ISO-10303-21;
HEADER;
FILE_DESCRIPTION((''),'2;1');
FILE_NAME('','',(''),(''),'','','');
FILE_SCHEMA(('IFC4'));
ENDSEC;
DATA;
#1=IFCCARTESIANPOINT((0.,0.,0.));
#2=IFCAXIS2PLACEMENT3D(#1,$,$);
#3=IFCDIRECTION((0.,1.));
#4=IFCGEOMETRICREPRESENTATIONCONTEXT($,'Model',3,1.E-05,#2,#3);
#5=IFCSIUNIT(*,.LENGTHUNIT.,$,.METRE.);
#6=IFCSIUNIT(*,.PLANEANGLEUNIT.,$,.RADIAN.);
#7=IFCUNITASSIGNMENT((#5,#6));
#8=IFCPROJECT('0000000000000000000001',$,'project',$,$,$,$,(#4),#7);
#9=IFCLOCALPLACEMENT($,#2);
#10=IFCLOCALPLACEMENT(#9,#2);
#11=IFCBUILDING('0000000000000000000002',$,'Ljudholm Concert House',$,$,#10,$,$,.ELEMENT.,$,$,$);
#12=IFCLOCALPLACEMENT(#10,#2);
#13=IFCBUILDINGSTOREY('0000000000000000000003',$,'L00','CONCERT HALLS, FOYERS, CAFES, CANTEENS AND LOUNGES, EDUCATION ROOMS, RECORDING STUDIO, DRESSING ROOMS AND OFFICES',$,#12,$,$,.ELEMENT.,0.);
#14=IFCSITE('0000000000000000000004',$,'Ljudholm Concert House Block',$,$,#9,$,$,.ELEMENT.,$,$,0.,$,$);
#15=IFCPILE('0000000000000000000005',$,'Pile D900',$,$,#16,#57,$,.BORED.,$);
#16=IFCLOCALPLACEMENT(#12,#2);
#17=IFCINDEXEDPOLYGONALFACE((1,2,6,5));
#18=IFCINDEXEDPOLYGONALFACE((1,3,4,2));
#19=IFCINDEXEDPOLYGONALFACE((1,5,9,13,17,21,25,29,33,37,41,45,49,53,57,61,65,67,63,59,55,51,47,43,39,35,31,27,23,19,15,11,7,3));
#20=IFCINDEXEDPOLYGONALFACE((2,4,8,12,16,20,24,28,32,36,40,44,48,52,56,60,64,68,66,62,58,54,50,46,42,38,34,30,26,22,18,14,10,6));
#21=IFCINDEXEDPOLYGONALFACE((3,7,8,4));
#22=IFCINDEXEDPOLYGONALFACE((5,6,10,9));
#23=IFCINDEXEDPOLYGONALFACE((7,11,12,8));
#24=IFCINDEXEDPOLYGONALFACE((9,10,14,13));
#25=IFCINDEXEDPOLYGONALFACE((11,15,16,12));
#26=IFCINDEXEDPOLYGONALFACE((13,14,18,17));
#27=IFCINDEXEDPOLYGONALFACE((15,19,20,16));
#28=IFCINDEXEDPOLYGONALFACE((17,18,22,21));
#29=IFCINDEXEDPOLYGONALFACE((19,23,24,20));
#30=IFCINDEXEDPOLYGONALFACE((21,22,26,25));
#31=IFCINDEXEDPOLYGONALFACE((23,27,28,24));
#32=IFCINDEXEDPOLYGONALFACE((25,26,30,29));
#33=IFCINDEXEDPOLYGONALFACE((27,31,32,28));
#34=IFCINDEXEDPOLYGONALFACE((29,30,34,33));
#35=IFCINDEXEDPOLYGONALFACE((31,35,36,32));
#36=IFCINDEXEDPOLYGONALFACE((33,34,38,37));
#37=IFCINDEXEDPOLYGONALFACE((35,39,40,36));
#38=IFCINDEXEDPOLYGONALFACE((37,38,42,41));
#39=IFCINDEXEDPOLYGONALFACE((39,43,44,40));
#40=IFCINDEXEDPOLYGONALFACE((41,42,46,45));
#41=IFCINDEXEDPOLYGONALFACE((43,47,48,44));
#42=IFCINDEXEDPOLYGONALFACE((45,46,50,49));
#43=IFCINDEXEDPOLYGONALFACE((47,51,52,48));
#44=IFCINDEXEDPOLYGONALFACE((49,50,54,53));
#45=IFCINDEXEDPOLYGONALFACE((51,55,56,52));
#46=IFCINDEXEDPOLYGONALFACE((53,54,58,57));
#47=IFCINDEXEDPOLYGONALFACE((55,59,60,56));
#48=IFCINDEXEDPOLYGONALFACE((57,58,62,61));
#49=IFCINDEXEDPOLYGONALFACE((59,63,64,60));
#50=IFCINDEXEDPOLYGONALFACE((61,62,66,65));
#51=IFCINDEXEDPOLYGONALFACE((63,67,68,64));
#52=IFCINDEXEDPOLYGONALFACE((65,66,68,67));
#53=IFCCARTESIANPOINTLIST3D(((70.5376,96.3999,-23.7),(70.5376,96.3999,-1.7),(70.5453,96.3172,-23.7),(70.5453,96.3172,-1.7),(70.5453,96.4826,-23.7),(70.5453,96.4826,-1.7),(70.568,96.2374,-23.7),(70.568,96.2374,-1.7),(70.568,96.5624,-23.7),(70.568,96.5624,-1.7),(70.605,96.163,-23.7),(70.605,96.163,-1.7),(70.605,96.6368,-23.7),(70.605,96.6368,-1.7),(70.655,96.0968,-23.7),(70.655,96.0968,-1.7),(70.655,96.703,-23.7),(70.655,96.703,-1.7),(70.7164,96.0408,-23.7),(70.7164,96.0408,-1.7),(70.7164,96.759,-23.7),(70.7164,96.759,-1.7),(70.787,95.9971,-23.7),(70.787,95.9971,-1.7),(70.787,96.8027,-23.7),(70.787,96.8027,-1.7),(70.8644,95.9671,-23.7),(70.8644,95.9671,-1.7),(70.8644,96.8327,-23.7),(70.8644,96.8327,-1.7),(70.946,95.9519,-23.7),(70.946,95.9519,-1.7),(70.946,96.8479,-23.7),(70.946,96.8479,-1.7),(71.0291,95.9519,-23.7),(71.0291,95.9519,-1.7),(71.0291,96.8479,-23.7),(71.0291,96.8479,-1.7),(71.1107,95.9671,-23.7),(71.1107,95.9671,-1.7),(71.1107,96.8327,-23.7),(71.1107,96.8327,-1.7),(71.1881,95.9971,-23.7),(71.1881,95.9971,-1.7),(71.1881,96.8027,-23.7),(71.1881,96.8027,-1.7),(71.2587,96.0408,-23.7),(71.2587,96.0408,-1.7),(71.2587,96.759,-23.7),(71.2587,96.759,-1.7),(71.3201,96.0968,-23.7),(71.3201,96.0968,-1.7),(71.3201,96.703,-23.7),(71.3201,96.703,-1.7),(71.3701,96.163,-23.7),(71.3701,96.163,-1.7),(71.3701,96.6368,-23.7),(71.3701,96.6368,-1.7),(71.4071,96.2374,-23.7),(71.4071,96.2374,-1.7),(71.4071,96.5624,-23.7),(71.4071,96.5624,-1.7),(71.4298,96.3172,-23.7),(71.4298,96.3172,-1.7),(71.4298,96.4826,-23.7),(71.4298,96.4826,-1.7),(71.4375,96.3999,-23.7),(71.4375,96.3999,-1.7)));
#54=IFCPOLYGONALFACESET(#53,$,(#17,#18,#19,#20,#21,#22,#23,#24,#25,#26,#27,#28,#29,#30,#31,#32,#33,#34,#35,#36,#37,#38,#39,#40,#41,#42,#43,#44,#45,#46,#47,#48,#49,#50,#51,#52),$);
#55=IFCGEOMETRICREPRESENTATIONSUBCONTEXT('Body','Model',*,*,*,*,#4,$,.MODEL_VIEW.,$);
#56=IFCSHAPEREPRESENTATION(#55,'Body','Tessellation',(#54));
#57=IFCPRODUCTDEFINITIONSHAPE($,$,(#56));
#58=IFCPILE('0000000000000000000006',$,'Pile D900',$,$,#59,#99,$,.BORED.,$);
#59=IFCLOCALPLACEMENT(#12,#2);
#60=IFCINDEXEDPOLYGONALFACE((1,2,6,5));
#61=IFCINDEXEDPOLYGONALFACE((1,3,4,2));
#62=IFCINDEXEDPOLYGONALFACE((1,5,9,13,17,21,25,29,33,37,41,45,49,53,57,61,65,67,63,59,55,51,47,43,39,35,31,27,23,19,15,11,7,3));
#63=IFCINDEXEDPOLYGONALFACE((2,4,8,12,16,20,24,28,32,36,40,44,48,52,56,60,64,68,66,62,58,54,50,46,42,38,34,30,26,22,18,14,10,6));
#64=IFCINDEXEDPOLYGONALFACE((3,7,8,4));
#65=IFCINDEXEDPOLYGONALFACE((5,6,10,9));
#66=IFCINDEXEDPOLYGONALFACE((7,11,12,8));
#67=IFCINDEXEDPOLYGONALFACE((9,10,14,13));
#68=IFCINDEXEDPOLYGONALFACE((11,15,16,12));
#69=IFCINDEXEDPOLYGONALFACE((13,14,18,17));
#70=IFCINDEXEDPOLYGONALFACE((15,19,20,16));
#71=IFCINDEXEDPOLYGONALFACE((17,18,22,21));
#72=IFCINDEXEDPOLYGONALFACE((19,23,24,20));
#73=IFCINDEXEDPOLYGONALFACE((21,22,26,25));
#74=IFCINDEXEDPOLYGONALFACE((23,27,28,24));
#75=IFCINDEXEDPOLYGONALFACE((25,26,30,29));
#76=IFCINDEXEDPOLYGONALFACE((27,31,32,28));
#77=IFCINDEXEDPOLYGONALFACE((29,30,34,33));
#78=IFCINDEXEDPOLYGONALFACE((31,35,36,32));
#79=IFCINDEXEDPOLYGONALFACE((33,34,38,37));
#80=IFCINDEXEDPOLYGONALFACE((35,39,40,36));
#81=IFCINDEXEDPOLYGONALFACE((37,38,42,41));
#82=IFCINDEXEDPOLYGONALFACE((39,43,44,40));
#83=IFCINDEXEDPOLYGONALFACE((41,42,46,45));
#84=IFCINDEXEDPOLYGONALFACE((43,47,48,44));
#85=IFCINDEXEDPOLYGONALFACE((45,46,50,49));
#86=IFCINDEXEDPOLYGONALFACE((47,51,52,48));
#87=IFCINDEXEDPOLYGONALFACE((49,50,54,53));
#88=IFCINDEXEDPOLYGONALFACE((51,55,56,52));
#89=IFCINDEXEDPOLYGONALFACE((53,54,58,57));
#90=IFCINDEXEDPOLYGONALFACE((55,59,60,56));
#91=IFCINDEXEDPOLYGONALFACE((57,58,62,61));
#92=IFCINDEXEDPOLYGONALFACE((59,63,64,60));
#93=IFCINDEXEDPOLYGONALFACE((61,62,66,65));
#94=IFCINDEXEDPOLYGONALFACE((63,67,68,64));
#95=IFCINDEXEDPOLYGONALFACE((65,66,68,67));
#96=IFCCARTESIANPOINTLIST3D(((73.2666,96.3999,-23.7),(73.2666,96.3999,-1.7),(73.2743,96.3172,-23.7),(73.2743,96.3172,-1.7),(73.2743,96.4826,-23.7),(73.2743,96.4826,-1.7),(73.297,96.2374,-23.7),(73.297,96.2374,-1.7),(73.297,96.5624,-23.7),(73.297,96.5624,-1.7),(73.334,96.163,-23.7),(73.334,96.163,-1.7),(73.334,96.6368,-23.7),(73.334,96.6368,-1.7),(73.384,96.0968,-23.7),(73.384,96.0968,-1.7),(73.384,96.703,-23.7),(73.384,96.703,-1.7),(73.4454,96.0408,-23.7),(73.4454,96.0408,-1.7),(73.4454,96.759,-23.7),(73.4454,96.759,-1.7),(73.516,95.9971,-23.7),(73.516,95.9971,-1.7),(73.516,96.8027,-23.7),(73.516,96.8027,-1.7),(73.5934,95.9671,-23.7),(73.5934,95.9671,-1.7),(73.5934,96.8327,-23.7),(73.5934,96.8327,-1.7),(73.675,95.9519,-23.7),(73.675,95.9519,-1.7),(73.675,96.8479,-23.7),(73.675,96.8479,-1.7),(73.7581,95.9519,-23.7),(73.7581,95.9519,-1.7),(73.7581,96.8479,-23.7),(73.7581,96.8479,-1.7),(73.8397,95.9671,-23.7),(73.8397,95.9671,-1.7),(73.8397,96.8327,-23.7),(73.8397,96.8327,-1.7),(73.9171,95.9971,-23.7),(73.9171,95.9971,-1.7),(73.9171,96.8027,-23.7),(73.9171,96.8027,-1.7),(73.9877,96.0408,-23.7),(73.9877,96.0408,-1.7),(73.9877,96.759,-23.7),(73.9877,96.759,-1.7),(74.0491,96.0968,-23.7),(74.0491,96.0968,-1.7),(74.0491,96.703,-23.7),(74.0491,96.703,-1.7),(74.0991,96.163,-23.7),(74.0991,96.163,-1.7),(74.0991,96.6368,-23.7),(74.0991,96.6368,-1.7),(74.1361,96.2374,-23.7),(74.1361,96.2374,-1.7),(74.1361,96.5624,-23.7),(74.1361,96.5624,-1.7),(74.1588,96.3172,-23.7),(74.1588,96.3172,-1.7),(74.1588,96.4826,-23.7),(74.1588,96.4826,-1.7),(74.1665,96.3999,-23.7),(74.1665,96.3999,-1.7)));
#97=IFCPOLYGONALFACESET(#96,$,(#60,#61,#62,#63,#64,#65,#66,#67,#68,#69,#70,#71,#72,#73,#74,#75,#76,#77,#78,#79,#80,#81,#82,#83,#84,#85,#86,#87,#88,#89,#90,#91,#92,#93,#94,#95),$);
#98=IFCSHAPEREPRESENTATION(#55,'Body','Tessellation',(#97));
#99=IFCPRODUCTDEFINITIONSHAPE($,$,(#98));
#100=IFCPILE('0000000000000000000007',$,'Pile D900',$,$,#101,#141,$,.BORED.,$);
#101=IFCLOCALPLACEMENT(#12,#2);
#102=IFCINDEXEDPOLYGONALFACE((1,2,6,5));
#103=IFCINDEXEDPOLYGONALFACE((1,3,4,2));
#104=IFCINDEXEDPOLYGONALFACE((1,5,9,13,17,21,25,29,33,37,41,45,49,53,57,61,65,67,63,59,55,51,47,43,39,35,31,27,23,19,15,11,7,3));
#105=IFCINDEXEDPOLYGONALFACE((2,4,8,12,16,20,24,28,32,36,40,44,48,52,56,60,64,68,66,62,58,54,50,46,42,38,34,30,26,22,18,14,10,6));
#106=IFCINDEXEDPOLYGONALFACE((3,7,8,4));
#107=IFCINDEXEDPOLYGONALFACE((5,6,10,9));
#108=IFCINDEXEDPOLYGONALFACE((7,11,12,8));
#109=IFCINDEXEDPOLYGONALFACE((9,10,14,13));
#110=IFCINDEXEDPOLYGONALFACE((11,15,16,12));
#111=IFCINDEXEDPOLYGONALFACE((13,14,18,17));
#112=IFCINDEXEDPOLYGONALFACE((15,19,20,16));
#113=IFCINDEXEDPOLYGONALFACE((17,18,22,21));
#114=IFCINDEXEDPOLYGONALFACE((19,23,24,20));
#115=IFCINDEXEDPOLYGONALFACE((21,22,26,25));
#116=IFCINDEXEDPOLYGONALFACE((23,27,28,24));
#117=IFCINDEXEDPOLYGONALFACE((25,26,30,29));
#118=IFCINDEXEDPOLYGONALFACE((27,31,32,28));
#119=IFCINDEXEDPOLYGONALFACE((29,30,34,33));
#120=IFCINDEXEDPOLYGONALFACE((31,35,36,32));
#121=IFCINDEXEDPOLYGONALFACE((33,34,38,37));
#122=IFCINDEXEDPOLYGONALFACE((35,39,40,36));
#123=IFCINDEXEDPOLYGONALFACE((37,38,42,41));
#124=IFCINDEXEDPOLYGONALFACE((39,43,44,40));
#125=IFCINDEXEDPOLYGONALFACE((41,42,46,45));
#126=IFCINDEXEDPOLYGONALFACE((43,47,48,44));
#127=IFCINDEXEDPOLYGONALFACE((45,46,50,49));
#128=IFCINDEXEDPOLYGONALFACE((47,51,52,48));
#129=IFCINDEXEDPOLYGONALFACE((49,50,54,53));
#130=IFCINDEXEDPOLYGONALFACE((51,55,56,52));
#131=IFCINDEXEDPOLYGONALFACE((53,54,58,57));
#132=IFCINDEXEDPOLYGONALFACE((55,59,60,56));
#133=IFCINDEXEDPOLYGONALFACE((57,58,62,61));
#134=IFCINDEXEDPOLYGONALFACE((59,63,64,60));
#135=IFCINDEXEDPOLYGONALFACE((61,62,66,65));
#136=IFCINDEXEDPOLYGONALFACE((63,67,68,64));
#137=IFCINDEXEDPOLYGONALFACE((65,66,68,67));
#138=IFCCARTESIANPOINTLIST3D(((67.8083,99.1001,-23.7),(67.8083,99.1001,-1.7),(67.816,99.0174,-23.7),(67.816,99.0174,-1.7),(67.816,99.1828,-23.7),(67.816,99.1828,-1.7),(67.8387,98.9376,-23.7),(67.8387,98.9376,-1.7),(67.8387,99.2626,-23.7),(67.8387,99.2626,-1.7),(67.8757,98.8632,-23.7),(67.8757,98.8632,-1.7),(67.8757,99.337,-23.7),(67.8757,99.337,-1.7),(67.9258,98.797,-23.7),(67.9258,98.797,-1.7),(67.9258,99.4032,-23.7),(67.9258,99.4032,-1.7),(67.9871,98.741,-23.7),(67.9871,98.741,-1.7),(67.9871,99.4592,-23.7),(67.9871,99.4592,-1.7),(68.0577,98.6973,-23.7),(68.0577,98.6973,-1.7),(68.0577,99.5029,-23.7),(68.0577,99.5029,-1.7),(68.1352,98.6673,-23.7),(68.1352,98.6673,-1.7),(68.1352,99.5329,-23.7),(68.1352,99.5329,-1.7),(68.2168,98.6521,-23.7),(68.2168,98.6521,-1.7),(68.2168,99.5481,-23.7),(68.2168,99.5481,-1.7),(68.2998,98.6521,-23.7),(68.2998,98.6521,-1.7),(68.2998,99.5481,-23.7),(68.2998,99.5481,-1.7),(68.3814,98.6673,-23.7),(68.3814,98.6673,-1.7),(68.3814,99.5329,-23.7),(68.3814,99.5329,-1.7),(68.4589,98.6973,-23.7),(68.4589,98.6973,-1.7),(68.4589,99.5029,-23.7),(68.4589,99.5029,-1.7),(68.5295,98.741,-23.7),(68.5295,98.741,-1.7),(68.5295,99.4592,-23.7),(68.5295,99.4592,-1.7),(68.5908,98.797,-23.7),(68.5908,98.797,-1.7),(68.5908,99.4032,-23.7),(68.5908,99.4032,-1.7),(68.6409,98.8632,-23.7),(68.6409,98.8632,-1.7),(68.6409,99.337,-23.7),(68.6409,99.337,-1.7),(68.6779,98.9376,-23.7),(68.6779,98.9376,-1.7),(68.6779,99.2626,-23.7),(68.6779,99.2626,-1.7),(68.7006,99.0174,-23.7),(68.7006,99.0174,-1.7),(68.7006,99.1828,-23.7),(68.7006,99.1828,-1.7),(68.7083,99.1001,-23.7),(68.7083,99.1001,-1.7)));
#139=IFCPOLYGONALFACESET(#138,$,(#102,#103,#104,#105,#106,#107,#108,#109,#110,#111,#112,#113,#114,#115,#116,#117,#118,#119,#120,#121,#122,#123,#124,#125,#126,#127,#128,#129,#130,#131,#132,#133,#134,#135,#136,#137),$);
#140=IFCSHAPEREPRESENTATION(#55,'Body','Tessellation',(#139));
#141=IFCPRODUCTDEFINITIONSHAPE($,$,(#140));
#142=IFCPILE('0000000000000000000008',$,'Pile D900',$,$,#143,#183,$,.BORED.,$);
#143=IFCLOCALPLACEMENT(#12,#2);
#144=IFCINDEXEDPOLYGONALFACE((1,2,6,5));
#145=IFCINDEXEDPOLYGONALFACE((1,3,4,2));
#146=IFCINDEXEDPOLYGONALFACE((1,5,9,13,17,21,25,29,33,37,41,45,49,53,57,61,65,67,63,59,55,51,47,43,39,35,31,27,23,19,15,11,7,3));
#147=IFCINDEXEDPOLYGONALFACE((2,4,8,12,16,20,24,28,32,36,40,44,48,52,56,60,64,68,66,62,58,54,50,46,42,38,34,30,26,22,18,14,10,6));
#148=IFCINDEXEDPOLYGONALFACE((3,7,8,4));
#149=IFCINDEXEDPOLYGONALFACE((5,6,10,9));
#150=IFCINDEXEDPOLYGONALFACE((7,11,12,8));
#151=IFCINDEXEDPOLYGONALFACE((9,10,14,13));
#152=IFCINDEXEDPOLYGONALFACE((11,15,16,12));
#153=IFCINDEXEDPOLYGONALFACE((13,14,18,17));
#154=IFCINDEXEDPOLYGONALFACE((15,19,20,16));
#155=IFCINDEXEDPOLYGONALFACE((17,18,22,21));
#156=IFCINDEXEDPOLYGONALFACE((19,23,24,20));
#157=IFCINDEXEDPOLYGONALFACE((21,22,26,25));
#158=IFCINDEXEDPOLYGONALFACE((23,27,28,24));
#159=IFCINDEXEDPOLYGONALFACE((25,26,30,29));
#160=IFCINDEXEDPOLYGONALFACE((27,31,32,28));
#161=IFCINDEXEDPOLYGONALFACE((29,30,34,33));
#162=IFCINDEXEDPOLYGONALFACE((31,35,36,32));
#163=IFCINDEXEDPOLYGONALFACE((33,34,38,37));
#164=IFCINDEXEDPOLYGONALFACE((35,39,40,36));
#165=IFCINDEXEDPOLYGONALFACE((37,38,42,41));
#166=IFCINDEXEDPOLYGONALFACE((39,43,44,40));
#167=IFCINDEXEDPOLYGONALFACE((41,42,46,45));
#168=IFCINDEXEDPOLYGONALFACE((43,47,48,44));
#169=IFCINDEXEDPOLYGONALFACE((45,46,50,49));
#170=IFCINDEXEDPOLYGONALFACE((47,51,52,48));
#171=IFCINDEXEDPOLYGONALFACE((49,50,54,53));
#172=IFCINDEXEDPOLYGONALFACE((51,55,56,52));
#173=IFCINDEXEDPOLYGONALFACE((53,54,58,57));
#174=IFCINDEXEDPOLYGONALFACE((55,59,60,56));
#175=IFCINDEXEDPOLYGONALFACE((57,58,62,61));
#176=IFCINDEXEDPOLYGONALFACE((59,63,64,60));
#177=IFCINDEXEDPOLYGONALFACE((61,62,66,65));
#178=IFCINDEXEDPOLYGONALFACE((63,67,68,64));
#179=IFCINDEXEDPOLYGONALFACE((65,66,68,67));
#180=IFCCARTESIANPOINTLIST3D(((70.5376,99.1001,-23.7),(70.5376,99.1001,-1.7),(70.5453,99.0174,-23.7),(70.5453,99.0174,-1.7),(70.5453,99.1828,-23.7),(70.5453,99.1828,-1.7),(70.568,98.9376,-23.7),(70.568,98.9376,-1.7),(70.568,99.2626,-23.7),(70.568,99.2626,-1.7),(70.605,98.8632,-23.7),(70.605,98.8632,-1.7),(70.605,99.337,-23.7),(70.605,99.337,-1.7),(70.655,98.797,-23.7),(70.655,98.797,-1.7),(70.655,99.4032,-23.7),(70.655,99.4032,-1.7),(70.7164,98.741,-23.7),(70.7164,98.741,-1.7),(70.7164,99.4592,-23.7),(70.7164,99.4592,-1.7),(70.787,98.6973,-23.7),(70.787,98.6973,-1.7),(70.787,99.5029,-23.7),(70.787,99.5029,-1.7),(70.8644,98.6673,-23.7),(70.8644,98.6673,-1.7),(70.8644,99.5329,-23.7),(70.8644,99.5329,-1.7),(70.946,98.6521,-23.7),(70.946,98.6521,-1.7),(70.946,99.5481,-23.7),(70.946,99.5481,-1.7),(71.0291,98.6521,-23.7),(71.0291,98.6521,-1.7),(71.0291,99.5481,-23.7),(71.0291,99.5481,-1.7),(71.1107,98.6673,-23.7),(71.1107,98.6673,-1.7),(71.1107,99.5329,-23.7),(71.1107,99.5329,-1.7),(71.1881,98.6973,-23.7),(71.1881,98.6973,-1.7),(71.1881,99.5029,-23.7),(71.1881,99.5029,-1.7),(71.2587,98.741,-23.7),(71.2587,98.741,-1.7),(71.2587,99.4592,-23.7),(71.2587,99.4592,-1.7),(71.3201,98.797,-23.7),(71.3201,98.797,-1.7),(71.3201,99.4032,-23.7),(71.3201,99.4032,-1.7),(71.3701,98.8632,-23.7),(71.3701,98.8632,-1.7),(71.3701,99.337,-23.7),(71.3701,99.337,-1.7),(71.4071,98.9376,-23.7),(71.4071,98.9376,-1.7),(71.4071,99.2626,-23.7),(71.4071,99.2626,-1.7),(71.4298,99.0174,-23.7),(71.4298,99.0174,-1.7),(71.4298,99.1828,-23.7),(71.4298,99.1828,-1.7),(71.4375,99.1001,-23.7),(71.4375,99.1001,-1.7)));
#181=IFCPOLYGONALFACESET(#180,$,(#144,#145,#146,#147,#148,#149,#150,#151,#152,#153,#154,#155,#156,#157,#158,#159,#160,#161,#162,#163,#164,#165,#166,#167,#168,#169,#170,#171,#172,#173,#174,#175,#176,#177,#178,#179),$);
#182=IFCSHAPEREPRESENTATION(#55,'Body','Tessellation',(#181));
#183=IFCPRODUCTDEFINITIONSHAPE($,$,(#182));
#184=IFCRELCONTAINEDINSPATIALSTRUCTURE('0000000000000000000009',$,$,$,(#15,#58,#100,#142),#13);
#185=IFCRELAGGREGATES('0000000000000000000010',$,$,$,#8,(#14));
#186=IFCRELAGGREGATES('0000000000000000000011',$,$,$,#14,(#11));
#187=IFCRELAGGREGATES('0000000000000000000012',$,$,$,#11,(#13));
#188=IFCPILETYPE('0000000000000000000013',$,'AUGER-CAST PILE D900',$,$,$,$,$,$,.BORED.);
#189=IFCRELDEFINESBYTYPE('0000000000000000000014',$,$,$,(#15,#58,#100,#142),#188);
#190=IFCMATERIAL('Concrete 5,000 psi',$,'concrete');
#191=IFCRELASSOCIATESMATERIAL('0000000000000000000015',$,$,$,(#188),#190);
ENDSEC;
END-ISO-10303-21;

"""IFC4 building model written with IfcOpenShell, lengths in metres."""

from ifc_helpers import new_model, si_unit, direction, frame, origin, origin_2d, place, context, subcontext, project, spatial, circle, extrude, material, material_profile, profile_set, type_object, element, save


model = new_model("IFC4")

# Units and contexts
model_context = context("Model", 3, precision=1e-05, world=origin(), true_north=direction((0.0, 1.0)))
body_context = subcontext(model_context, "Body", "Model", "MODEL_VIEW")
ifc_project = project(units=[si_unit("LENGTHUNIT", "METRE"), si_unit("PLANEANGLEUNIT", "RADIAN")], contexts=[model_context])

# Site, building, storey
site_placement = place(None, origin())
site = spatial("IfcSite", under=ifc_project, at=site_placement, Name="Ljudholm Concert House Block", CompositionType="ELEMENT", RefElevation=0.0)
building_placement = place(site_placement, origin())
building = spatial("IfcBuilding", under=site, at=building_placement, Name="Ljudholm Concert House", CompositionType="ELEMENT")
storey_placement = place(building_placement, origin())
storey = spatial("IfcBuildingStorey", under=building, at=storey_placement, Name="L00", Description="CONCERT HALLS, FOYERS, CAFES, CANTEENS AND LOUNGES, EDUCATION ROOMS, RECORDING STUDIO, DRESSING ROOMS AND OFFICES", CompositionType="ELEMENT", Elevation=0.0)

# Piles
ifc_material_1 = material(Name="Concrete 5,000 psi", Category="concrete")
ifc_material_profile_1 = material_profile(ifc_material_1, circle(Radius=0.45, at=origin_2d()), Name="AUGER-CAST PILE D900")
ifc_profile_set_1 = profile_set([ifc_material_profile_1], Name="Concrete 5,000 psi")
pile_type_1 = type_object("IfcPileType", Name="AUGER-CAST PILE D900", PredefinedType="BORED", material=ifc_profile_set_1)
for number, where, z_axis, x_axis, name in (
    (1, (70.9875, 96.3999, -1.7), (0.0, 0.0, -1.0), (1.0, 0.0, 0.0), "Pile D900"),
    (2, (73.7166, 96.3999, -1.7), (0.0, 0.0, -1.0), (1.0, 0.0, 0.0), "Pile D900"),
    (3, (68.2583, 99.1001, -1.7), (0.0, 0.0, -1.0), (1.0, 0.0, 0.0), "Pile D900"),
    (4, (70.9875, 99.1001, -1.7), (0.0, 0.0, -1.0), (1.0, 0.0, 0.0), "Pile D900"),
):
    element("IfcPile", number, at=place(storey_placement, frame(where, z_axis=z_axis, x_axis=x_axis)), inside=storey, type_object=pile_type_1, Name=name, PredefinedType="BORED", context=body_context, shape_type="SweptSolid", body=[
        extrude(circle(Radius=0.45, at=origin_2d()), origin(), (0.0, 0.0, 1.0), 22.0),
    ])

save(model, "model.ifc")
